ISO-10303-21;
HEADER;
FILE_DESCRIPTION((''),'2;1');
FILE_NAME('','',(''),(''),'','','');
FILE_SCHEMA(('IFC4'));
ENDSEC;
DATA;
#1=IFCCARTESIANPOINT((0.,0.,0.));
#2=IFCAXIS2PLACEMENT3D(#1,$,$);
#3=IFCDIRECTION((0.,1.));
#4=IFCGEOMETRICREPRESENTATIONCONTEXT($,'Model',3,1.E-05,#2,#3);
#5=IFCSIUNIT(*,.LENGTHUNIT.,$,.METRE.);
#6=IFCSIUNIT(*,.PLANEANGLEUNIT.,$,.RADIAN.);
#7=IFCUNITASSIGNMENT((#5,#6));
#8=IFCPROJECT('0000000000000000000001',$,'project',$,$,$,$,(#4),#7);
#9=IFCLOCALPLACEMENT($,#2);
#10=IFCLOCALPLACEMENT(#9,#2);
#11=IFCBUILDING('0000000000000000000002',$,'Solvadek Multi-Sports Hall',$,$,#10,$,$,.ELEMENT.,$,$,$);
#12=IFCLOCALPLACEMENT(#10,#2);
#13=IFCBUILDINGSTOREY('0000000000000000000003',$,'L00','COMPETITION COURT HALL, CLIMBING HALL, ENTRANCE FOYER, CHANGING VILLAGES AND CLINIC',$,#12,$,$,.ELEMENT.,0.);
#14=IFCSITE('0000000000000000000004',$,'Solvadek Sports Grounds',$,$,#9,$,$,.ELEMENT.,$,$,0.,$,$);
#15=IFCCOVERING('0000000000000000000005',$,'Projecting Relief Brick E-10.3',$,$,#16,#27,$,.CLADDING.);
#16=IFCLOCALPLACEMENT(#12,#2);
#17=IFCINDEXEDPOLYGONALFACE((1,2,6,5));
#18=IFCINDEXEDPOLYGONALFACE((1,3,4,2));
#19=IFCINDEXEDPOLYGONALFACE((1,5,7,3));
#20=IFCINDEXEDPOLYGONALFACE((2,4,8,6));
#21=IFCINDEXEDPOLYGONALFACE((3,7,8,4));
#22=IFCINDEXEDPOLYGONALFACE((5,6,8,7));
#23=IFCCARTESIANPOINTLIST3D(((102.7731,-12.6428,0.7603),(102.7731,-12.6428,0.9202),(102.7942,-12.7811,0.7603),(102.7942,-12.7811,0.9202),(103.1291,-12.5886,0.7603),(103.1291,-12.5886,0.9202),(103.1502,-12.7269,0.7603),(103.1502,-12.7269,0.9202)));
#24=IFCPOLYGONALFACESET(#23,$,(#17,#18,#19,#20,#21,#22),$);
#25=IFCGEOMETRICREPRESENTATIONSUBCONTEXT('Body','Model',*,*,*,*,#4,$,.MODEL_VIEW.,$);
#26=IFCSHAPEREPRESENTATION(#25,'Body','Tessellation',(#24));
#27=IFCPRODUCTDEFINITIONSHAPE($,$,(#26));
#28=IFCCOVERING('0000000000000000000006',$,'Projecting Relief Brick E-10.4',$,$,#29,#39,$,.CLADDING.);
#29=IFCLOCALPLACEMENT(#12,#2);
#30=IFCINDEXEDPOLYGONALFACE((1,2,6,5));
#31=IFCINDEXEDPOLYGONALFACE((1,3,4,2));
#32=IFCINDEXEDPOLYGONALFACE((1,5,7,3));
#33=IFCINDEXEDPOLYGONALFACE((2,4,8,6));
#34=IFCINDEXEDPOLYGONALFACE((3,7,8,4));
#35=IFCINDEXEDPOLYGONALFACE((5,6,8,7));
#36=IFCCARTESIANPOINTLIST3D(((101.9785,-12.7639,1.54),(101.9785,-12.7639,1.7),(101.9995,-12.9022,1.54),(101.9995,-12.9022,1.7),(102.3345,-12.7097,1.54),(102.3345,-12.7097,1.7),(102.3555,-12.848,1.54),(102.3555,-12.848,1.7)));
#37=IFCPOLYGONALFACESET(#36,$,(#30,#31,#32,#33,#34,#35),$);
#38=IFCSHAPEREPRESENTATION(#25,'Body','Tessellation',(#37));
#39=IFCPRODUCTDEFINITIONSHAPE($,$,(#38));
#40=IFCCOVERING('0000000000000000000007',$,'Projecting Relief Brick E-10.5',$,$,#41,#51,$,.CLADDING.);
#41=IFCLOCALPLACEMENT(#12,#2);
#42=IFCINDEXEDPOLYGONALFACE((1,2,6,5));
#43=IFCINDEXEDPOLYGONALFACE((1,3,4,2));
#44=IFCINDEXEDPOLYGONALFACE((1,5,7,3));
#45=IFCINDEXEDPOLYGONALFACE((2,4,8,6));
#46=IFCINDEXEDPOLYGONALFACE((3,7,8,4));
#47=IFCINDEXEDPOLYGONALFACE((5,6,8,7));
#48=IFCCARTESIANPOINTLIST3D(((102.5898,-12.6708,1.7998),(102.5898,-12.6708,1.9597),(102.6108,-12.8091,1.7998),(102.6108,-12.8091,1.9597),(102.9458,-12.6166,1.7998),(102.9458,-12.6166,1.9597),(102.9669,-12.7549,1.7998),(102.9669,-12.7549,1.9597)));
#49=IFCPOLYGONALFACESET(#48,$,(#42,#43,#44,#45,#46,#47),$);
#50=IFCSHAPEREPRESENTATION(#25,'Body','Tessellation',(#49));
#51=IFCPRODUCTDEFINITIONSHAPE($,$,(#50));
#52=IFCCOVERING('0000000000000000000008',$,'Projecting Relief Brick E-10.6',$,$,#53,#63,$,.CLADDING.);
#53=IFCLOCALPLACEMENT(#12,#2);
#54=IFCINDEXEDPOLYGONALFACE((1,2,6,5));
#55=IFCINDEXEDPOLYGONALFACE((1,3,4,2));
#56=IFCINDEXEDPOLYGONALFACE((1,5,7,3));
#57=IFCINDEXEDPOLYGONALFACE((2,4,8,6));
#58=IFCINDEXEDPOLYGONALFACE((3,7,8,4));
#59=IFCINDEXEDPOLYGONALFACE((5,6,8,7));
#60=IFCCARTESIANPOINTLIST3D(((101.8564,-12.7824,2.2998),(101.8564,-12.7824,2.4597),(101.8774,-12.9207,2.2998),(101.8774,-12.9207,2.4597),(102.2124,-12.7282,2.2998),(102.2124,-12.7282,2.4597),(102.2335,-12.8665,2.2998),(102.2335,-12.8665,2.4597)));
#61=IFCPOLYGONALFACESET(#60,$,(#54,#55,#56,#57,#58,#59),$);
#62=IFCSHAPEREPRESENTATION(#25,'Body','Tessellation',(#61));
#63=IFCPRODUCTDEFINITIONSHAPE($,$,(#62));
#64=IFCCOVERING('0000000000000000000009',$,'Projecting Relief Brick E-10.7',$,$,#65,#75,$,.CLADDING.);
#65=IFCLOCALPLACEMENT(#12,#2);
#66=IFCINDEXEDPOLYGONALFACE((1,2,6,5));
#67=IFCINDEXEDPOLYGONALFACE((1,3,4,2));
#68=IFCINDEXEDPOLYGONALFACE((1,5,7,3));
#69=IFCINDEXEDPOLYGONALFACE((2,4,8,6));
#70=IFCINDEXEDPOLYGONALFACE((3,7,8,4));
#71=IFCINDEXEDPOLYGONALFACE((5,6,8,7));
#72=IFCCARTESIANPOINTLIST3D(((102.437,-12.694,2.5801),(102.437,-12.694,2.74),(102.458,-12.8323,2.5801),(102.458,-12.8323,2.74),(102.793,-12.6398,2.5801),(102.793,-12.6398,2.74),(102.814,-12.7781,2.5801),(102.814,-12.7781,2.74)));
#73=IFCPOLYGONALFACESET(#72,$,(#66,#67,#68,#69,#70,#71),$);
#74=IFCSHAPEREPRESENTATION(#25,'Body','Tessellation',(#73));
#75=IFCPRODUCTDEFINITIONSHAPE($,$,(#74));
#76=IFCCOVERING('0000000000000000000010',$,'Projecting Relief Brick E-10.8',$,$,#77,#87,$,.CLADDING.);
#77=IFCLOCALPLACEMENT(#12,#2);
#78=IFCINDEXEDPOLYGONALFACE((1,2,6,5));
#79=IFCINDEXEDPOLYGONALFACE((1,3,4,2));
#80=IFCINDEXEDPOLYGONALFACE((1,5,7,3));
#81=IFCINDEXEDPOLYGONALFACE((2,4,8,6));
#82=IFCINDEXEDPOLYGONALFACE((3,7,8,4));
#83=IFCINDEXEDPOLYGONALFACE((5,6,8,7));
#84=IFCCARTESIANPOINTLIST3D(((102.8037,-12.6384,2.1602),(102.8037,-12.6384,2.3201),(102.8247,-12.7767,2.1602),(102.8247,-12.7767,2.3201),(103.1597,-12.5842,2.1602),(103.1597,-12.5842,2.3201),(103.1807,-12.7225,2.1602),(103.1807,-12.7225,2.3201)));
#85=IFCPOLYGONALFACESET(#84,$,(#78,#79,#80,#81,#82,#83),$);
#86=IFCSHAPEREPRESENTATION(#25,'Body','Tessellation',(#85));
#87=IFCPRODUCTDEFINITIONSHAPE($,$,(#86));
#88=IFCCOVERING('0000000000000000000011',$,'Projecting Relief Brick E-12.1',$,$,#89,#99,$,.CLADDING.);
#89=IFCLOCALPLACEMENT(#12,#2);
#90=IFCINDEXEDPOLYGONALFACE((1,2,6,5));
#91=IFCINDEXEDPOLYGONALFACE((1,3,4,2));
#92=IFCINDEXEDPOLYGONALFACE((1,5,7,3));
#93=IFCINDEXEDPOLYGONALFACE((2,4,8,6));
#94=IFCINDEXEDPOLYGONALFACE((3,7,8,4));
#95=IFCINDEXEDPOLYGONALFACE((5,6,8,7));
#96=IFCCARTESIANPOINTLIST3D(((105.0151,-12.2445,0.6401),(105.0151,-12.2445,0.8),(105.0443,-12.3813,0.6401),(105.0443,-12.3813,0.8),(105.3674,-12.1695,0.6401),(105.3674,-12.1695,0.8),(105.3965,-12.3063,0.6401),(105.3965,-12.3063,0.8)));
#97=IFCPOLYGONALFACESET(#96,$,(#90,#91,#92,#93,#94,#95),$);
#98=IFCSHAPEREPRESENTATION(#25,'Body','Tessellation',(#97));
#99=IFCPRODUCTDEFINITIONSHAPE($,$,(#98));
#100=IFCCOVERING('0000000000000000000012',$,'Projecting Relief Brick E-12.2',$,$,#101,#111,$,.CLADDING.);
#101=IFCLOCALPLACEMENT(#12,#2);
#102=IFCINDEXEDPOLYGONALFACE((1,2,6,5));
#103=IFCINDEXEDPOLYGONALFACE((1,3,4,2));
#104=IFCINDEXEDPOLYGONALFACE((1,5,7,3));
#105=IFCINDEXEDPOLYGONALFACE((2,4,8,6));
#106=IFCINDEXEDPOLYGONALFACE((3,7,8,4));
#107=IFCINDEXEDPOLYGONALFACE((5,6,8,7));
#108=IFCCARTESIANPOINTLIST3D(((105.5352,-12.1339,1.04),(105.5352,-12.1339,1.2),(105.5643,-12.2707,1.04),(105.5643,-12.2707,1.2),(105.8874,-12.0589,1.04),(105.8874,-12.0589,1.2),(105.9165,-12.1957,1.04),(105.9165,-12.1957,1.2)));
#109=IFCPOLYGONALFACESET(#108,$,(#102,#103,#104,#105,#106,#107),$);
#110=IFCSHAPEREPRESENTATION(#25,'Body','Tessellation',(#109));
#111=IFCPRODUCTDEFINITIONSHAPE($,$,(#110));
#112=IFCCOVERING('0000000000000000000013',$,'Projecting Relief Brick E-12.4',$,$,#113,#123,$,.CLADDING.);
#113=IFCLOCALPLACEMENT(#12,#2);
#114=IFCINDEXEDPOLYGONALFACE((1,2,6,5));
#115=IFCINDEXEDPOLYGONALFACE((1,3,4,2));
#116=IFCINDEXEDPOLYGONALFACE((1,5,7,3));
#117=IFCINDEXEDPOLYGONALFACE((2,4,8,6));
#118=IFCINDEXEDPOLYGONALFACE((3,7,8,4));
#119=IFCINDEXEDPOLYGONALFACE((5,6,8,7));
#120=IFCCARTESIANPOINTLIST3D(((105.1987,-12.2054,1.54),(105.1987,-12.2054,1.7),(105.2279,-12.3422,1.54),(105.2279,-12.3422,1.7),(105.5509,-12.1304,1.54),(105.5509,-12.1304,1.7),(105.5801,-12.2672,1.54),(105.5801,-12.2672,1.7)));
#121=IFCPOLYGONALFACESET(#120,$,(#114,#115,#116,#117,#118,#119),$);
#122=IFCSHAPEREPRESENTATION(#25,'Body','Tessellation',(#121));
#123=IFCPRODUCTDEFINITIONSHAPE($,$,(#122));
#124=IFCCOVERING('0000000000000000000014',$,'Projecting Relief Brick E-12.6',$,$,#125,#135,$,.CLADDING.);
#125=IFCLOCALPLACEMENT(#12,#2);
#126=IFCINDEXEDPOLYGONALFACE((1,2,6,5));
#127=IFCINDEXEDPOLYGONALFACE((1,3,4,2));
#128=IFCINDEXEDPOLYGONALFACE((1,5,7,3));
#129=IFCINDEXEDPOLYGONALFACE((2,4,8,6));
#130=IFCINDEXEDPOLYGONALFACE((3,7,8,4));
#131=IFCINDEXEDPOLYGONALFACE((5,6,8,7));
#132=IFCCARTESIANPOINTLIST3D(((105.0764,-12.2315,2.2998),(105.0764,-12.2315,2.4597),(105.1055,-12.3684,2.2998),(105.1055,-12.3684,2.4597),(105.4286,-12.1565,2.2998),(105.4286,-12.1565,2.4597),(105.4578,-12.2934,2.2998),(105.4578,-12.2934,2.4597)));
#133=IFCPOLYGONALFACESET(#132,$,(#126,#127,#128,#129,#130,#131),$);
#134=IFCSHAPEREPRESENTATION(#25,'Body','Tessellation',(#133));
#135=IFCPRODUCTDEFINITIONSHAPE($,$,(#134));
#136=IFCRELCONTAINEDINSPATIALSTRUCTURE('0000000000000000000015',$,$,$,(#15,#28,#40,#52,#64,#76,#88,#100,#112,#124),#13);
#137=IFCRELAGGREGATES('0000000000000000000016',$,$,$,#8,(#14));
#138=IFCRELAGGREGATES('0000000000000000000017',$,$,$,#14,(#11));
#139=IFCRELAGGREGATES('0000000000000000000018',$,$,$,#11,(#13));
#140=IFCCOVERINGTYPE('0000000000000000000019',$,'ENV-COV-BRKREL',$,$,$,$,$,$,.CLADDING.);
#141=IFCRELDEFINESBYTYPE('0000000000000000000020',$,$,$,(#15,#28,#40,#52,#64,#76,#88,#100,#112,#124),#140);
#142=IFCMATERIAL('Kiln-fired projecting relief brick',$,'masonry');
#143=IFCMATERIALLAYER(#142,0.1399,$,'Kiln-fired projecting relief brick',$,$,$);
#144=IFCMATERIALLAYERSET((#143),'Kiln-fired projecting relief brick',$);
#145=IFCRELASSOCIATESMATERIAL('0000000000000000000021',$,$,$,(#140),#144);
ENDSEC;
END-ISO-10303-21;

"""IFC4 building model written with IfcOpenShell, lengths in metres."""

from ifc_helpers import new_model, si_unit, direction, frame, origin, origin_2d, place, context, subcontext, project, spatial, rectangle, extrude, material, layer, layer_set, type_object, element, save


model = new_model("IFC4")

# Units and contexts
model_context = context("Model", 3, precision=1e-05, world=origin(), true_north=direction((0.0, 1.0)))
body_context = subcontext(model_context, "Body", "Model", "MODEL_VIEW")
ifc_project = project(units=[si_unit("LENGTHUNIT", "METRE"), si_unit("PLANEANGLEUNIT", "RADIAN")], contexts=[model_context])

# Site, building, storey
site_placement = place(None, origin())
site = spatial("IfcSite", under=ifc_project, at=site_placement, Name="Solvadek Sports Grounds", CompositionType="ELEMENT", RefElevation=0.0)
building_placement = place(site_placement, origin())
building = spatial("IfcBuilding", under=site, at=building_placement, Name="Solvadek Multi-Sports Hall", CompositionType="ELEMENT")
storey_placement = place(building_placement, origin())
storey = spatial("IfcBuildingStorey", under=building, at=storey_placement, Name="L00", Description="COMPETITION COURT HALL, CLIMBING HALL, ENTRANCE FOYER, CHANGING VILLAGES AND CLINIC", CompositionType="ELEMENT", Elevation=0.0)

# Coverings
ifc_material_1 = material(Name="Kiln-fired projecting relief brick", Category="masonry")
ifc_layer_1 = layer(ifc_material_1, 0.1399, Name="Kiln-fired projecting relief brick")
ifc_layer_set_1 = layer_set([ifc_layer_1], Name="Kiln-fired projecting relief brick")
covering_type = type_object("IfcCoveringType", Name="ENV-COV-BRKREL", PredefinedType="CLADDING", material=ifc_layer_set_1)
for number, where, z_axis, x_axis, name in (
    (1, (102.9617, -12.6848, 0.7603), (0.0, 0.0, 1.0), (0.988606, 0.150527, 0.0), "Projecting Relief Brick E-10.3"),
    (2, (102.167, -12.8059, 1.54), (0.0, 0.0, 1.0), (0.988606, 0.150527, 0.0), "Projecting Relief Brick E-10.4"),
    (3, (102.7783, -12.7129, 1.7998), (0.0, 0.0, 1.0), (0.988606, 0.150527, 0.0), "Projecting Relief Brick E-10.5"),
    (4, (102.0449, -12.8245, 2.2998), (0.0, 0.0, 1.0), (0.988606, 0.150527, 0.0), "Projecting Relief Brick E-10.6"),
    (5, (102.6255, -12.7361, 2.5801), (0.0, 0.0, 1.0), (0.988606, 0.150527, 0.0), "Projecting Relief Brick E-10.7"),
    (6, (102.9922, -12.6804, 2.1602), (0.0, 0.0, 1.0), (0.988606, 0.150527, 0.0), "Projecting Relief Brick E-10.8"),
    (7, (105.2058, -12.2754, 0.6401), (0.0, 0.0, 1.0), (0.978076, 0.208249, 0.0), "Projecting Relief Brick E-12.1"),
    (8, (105.7258, -12.1648, 1.04), (0.0, 0.0, 1.0), (0.978076, 0.208249, 0.0), "Projecting Relief Brick E-12.2"),
    (9, (105.3894, -12.2363, 1.54), (0.0, 0.0, 1.0), (0.978076, 0.208249, 0.0), "Projecting Relief Brick E-12.4"),
    (10, (105.2671, -12.2625, 2.2998), (0.0, 0.0, 1.0), (0.978076, 0.208249, 0.0), "Projecting Relief Brick E-12.6"),
):
    element("IfcCovering", number, at=place(storey_placement, frame(where, z_axis=z_axis, x_axis=x_axis)), inside=storey, type_object=covering_type, Name=name, PredefinedType="CLADDING", context=body_context, shape_type="SweptSolid", body=[
        extrude(rectangle(XDim=0.3601, YDim=0.1399, at=origin_2d()), origin(), (0.0, 0.0, 1.0), 0.1599),
    ])

save(model, "model.ifc")
